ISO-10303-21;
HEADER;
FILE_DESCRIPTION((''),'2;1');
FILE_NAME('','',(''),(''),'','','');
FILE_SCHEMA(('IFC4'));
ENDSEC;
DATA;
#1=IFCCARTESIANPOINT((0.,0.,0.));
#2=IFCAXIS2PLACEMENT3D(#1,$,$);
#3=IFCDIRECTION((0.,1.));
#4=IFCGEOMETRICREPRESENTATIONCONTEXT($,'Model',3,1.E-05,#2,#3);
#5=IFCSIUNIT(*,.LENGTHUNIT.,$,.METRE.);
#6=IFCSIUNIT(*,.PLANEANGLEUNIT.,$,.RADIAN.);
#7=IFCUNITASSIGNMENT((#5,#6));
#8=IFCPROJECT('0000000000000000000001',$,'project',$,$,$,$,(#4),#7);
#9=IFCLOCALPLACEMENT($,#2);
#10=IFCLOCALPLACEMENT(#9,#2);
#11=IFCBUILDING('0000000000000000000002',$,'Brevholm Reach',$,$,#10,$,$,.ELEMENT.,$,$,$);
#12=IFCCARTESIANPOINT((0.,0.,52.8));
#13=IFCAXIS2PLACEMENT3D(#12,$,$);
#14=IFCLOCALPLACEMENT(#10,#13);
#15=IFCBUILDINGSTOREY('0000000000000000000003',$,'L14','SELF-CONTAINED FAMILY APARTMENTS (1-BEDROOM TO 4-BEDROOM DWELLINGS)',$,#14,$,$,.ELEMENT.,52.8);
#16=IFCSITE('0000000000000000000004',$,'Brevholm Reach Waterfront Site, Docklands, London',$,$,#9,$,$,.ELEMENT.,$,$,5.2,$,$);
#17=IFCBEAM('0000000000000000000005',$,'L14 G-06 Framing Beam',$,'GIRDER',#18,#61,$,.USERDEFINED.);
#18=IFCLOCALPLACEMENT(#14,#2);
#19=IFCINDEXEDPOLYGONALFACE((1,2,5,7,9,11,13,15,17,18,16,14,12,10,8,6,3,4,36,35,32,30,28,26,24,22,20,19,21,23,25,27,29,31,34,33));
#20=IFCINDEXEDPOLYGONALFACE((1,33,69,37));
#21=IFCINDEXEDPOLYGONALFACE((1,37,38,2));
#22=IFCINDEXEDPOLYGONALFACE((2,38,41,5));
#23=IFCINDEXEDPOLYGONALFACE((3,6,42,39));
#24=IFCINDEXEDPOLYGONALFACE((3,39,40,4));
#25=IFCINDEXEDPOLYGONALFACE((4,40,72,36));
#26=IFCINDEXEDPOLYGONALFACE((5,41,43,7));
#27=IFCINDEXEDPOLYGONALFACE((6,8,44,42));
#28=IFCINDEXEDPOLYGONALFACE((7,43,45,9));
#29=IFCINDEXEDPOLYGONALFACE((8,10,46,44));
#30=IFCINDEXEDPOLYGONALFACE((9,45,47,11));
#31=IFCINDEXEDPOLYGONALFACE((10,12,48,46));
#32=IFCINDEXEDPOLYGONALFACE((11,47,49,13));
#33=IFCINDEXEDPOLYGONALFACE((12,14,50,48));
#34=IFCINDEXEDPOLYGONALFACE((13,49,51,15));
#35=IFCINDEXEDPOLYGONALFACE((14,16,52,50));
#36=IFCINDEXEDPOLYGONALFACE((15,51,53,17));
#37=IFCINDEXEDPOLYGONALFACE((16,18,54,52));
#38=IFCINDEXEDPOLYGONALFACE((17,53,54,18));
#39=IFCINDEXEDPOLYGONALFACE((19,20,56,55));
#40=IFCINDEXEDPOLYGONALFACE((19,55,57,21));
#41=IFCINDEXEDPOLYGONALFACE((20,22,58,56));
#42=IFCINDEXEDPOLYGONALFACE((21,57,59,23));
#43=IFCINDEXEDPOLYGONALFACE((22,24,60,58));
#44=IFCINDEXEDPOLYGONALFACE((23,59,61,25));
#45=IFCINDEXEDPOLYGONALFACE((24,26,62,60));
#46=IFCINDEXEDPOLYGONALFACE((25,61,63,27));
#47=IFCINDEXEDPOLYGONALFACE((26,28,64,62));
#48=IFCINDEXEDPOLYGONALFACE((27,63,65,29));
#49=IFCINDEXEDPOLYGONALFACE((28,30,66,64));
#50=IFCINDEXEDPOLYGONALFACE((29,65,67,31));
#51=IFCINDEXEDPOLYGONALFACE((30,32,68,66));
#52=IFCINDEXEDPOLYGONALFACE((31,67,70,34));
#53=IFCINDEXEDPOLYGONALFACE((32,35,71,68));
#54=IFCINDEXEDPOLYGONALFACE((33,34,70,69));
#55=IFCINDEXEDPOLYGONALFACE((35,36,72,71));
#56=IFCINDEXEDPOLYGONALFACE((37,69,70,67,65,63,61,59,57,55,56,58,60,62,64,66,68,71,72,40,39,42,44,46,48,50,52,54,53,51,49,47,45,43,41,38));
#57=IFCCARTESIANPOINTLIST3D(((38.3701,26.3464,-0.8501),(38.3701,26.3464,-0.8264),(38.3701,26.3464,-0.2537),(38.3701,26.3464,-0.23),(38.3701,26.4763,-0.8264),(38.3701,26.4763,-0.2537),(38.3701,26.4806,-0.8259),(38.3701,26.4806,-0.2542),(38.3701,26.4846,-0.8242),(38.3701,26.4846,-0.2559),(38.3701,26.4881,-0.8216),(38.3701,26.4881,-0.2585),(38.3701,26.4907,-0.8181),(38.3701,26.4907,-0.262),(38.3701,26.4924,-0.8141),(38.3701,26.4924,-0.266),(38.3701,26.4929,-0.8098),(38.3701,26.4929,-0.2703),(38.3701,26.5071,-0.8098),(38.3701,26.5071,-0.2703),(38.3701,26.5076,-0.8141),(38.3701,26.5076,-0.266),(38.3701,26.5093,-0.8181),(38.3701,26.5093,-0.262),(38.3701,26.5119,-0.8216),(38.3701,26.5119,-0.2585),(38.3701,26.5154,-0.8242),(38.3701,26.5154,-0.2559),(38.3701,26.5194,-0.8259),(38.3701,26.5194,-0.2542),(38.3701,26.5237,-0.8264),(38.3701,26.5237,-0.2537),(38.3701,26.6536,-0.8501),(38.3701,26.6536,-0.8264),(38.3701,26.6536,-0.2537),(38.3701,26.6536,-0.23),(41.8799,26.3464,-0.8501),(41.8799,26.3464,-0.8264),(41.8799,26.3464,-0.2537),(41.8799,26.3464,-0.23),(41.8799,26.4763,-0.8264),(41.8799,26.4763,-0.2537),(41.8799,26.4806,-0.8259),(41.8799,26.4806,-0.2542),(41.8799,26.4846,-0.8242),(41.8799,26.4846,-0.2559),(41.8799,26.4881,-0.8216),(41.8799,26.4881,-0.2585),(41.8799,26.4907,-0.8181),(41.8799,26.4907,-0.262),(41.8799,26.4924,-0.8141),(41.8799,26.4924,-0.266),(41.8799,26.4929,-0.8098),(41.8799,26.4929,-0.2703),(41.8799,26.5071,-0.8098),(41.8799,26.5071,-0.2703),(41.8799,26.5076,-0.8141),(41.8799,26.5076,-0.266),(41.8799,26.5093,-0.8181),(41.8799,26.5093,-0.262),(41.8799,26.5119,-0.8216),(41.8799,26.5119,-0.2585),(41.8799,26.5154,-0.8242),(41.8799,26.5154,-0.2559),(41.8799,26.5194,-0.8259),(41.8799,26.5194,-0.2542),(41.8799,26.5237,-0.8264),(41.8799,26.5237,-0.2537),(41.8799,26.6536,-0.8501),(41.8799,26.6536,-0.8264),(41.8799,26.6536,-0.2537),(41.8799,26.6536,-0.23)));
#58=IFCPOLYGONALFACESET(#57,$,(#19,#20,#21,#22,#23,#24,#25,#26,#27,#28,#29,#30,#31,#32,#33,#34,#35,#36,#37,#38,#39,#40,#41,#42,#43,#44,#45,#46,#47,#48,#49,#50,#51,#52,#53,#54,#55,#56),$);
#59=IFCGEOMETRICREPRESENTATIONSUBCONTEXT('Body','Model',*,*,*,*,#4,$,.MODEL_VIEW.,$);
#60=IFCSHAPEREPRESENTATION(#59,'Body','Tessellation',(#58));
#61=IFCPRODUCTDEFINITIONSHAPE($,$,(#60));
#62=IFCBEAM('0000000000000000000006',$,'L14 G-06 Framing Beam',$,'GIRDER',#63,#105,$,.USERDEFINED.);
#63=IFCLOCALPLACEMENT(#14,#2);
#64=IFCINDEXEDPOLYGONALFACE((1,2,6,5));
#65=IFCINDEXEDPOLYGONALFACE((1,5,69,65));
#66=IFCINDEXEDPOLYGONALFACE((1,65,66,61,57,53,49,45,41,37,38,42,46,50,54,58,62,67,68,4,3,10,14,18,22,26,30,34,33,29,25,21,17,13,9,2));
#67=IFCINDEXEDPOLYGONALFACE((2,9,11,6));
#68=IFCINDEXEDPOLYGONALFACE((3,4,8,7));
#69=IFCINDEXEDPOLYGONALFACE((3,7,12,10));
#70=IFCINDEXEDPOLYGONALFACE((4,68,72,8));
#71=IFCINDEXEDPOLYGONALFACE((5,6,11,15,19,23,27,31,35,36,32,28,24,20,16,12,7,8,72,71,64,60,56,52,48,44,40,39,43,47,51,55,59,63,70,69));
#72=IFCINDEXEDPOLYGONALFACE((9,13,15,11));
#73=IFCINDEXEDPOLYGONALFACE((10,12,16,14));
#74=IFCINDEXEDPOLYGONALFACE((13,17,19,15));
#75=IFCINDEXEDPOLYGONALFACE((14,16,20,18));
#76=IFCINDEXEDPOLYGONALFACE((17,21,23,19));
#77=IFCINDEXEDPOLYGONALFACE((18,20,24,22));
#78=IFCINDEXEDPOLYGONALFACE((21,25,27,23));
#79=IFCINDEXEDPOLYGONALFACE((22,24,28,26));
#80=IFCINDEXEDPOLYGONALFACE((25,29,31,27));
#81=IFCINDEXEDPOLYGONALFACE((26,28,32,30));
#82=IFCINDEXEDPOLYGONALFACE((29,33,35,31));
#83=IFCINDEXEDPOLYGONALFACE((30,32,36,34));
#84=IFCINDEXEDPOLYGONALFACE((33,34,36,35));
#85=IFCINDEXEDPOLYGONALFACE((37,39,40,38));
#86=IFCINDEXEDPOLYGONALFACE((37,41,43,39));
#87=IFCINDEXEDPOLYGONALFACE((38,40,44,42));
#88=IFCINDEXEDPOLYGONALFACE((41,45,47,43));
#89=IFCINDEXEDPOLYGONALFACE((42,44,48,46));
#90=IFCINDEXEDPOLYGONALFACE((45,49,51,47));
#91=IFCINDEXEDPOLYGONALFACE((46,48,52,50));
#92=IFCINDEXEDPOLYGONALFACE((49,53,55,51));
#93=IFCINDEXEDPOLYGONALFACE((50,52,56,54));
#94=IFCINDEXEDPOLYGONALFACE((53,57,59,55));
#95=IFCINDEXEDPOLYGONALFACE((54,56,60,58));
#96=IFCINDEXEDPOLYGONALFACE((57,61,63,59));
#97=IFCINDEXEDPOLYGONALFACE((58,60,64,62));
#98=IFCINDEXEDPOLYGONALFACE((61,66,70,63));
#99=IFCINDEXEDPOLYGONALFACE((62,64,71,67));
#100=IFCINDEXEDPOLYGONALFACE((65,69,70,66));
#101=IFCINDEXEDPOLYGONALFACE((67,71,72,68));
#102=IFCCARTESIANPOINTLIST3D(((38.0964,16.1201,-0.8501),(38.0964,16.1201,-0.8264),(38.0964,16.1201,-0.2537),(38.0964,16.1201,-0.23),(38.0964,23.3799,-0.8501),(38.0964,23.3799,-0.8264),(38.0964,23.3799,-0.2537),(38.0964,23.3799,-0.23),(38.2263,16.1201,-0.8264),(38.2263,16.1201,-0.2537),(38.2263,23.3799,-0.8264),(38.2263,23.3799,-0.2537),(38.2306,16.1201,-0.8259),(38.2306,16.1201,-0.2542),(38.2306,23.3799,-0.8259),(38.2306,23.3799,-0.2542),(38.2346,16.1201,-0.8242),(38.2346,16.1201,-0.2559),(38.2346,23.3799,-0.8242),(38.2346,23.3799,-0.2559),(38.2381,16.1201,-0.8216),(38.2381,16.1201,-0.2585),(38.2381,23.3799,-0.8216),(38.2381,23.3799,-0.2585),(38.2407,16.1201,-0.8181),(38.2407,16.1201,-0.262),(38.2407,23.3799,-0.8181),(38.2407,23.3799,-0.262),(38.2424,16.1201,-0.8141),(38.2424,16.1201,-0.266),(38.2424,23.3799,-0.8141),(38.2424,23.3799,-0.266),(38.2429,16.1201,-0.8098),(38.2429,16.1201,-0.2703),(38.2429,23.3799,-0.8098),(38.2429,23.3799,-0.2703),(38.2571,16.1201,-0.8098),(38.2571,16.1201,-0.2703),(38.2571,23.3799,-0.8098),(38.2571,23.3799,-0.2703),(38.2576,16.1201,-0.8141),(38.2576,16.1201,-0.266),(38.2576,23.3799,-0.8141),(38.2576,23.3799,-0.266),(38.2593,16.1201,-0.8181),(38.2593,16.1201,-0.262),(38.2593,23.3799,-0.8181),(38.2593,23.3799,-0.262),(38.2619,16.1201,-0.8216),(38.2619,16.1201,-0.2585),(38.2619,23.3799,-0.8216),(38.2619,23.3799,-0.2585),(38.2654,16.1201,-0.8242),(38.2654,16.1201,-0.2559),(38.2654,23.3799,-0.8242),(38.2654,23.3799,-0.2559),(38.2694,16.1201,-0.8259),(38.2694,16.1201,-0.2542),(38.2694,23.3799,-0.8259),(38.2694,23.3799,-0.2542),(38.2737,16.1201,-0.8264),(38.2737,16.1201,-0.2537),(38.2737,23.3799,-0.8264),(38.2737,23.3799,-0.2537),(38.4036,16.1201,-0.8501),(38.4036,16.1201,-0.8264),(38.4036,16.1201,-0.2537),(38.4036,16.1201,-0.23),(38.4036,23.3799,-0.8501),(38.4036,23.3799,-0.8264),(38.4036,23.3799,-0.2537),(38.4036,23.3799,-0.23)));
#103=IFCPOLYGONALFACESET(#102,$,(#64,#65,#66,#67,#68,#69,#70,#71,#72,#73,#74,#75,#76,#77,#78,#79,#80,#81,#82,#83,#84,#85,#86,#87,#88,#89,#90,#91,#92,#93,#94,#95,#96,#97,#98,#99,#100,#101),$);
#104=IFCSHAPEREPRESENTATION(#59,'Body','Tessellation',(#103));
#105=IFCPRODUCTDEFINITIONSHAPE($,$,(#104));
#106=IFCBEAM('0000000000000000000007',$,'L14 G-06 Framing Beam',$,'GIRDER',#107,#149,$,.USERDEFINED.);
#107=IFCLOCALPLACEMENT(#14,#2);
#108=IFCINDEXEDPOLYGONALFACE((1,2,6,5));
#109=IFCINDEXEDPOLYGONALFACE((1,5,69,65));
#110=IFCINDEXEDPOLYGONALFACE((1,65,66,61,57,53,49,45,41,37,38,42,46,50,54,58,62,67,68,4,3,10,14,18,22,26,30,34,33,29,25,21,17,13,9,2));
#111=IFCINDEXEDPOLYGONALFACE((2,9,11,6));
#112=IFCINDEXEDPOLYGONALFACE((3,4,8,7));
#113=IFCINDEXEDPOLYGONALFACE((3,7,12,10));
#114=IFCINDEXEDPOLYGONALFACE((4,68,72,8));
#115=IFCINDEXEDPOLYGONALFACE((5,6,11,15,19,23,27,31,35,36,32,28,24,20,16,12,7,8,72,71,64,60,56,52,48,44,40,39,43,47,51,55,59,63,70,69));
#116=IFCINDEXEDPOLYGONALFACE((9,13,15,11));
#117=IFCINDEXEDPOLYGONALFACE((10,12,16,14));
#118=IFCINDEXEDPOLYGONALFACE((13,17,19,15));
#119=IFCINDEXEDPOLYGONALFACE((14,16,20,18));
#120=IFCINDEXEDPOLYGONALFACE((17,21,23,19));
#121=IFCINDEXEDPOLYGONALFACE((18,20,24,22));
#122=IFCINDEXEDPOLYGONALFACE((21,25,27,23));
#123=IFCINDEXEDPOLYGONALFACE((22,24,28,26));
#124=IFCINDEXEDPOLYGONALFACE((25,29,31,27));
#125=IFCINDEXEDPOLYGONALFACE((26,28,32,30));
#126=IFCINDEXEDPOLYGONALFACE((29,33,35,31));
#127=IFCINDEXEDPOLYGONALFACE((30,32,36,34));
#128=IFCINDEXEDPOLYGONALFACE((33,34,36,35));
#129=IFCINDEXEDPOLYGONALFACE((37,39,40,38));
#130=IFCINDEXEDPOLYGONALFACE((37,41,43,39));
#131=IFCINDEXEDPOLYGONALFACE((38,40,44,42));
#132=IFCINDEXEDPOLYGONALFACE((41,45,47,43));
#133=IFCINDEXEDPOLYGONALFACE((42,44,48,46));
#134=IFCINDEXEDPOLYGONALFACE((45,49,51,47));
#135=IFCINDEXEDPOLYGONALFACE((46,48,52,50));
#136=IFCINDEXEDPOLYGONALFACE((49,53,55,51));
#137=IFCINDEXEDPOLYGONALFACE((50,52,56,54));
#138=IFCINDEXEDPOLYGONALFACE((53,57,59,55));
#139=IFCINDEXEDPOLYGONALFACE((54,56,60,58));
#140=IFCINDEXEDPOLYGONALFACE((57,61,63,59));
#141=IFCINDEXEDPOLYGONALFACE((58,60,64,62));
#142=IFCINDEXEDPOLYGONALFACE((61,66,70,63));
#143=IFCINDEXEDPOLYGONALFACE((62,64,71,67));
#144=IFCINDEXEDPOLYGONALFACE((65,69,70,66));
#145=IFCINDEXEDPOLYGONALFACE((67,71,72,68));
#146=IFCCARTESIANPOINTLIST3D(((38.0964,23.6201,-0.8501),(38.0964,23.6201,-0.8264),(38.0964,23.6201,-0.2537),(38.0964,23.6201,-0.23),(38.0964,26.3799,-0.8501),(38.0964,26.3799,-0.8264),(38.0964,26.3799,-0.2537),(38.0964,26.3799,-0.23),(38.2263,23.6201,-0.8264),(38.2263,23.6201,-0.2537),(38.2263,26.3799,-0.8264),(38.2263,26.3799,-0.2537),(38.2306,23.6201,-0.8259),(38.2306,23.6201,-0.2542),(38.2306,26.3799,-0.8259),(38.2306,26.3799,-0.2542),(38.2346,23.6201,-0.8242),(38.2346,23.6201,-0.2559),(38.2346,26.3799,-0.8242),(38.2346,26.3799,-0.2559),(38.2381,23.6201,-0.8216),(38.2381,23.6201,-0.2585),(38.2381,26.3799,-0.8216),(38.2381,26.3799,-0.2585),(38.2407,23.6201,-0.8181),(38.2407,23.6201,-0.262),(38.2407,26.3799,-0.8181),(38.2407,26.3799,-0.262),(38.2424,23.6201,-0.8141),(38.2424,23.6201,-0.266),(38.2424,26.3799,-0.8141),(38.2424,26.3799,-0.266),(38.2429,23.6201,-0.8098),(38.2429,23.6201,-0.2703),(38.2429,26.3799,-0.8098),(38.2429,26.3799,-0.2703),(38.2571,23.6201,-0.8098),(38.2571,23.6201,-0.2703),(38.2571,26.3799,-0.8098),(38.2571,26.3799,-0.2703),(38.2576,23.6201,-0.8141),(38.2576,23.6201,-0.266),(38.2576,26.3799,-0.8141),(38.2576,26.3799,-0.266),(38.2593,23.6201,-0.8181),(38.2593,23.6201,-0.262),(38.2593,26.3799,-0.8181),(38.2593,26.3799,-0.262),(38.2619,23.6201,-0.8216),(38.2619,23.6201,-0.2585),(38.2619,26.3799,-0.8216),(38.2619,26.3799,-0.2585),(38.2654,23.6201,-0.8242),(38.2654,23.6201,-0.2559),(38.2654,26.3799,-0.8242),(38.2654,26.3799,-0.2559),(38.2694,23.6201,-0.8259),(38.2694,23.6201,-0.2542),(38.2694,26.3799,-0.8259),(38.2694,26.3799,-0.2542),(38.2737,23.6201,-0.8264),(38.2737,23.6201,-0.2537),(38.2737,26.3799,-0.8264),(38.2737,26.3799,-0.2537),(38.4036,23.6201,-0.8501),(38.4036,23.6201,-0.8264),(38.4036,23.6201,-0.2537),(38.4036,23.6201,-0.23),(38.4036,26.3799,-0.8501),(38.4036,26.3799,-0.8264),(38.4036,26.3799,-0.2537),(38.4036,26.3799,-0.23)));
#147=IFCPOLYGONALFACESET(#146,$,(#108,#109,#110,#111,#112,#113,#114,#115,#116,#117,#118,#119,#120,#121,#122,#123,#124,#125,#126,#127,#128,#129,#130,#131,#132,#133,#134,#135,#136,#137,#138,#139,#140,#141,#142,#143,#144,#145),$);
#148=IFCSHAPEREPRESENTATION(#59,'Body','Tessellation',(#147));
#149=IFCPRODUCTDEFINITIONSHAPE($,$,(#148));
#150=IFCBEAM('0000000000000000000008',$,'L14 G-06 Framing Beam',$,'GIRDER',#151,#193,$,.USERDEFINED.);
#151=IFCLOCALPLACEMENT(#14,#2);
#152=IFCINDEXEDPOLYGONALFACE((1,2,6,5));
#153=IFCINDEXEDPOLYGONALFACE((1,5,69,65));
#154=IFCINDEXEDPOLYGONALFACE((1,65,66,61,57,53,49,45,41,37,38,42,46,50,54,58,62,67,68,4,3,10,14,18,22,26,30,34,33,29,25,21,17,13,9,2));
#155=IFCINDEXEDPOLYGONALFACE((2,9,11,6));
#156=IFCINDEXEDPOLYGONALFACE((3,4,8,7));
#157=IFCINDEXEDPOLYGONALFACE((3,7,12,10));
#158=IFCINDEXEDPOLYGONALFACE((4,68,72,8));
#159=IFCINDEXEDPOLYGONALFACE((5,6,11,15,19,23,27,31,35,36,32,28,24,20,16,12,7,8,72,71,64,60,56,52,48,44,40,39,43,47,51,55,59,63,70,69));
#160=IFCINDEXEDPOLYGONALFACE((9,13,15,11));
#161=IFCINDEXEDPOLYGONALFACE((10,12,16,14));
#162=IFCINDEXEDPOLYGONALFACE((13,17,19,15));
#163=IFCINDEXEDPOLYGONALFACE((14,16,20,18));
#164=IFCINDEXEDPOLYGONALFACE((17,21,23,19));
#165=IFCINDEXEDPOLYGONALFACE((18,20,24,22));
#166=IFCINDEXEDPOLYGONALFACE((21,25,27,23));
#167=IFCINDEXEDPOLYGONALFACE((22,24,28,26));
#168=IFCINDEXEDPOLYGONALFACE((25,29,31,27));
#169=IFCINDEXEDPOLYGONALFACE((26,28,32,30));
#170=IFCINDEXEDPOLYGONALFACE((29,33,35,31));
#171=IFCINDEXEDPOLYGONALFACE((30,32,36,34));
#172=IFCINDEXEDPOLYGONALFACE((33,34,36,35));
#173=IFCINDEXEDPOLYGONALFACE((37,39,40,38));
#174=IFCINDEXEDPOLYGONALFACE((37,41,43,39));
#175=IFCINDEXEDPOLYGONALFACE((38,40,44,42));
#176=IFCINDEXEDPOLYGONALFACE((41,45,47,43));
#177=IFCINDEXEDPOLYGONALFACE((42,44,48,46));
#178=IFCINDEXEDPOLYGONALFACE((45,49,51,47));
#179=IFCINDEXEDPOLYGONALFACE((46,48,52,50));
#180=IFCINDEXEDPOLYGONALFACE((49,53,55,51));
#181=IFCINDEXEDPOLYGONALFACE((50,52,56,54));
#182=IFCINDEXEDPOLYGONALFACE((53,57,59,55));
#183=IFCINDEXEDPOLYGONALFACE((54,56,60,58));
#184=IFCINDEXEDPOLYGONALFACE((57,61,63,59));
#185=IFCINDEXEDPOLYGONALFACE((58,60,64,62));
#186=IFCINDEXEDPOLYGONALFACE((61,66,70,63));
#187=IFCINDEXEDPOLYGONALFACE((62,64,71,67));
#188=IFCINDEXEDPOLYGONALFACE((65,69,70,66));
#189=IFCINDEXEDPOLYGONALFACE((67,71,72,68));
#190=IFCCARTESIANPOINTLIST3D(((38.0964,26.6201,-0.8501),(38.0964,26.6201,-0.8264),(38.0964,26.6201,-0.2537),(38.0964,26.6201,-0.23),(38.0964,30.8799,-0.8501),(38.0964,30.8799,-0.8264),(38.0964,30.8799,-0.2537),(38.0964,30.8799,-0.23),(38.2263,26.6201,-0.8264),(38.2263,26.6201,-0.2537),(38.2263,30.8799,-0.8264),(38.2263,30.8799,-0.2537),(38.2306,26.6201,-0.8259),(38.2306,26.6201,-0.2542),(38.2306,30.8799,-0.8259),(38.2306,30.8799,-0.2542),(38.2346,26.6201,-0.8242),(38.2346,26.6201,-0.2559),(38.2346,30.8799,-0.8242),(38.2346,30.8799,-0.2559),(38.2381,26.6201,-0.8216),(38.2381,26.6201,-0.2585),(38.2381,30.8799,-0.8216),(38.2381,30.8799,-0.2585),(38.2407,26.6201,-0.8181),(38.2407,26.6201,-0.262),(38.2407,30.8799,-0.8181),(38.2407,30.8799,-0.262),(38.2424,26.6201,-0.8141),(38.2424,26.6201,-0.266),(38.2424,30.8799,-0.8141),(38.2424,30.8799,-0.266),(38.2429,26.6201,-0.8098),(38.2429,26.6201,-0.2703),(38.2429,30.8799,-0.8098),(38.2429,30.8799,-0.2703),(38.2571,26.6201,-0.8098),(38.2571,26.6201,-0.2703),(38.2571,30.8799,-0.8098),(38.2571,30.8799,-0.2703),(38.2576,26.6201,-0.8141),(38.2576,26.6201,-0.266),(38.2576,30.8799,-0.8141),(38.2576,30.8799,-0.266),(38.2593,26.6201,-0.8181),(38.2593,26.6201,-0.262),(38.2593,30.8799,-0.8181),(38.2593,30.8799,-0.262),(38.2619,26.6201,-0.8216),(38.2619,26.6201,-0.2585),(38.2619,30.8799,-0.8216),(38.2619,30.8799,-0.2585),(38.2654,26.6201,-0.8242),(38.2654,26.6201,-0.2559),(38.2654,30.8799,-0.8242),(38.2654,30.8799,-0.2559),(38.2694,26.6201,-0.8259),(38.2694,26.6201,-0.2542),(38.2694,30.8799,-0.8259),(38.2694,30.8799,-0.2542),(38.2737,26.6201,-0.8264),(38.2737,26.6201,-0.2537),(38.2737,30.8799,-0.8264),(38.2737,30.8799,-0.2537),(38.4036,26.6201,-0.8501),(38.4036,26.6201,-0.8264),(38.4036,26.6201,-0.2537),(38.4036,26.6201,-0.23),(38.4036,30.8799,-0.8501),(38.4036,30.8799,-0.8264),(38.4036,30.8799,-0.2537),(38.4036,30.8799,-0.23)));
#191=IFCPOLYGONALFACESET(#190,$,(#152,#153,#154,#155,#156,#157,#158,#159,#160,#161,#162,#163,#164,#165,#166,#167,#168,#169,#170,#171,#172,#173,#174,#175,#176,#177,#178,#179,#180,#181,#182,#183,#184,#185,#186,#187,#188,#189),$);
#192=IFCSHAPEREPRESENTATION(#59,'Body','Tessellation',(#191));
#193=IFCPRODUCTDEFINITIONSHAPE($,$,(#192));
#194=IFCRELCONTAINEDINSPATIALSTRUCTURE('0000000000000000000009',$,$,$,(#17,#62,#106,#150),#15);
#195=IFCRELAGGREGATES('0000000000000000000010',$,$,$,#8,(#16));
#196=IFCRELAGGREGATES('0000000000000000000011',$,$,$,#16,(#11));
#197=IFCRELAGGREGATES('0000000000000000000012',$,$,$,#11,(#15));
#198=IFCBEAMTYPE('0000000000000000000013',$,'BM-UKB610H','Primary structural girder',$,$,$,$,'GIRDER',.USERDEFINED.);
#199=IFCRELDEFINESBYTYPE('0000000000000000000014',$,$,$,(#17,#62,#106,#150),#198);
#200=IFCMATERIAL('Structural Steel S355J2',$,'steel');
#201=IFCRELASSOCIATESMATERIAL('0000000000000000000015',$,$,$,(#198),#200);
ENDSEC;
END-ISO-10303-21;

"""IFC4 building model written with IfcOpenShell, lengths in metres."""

from ifc_helpers import new_model, si_unit, direction, frame, origin, origin_2d, place, context, subcontext, project, spatial, i_section, extrude, material, material_profile, profile_set, type_object, element, save


model = new_model("IFC4")

# Units and contexts
model_context = context("Model", 3, precision=1e-05, world=origin(), true_north=direction((0.0, 1.0)))
body_context = subcontext(model_context, "Body", "Model", "MODEL_VIEW")
ifc_project = project(units=[si_unit("LENGTHUNIT", "METRE"), si_unit("PLANEANGLEUNIT", "RADIAN")], contexts=[model_context])

# Site, building, storey
site_placement = place(None, origin())
site = spatial("IfcSite", under=ifc_project, at=site_placement, Name="Brevholm Reach Waterfront Site, Docklands, London", CompositionType="ELEMENT", RefElevation=5.2)
building_placement = place(site_placement, origin())
building = spatial("IfcBuilding", under=site, at=building_placement, Name="Brevholm Reach", CompositionType="ELEMENT")
storey_placement = place(building_placement, frame((0.0, 0.0, 52.8)))
storey = spatial("IfcBuildingStorey", under=building, at=storey_placement, Name="L14", Description="SELF-CONTAINED FAMILY APARTMENTS (1-BEDROOM TO 4-BEDROOM DWELLINGS)", CompositionType="ELEMENT", Elevation=52.8)

# Beams
ifc_material_1 = material(Name="Structural Steel S355J2", Category="steel")
ifc_material_profile_1 = material_profile(ifc_material_1, i_section(OverallWidth=0.3071, OverallDepth=0.6201, WebThickness=0.0142, FlangeThickness=0.0237, FilletRadius=0.0166, at=origin_2d()), Name="UKB 610x305x179")
ifc_profile_set_1 = profile_set([ifc_material_profile_1], Name="Structural Steel S355J2")
beam_type_1 = type_object("IfcBeamType", Name="BM-UKB610H", Description="Primary structural girder", ElementType="GIRDER", PredefinedType="USERDEFINED", material=ifc_profile_set_1)
for number, where, z_axis, x_axis, name in (
    (1, (38.3701, 26.5, -0.54), (1.0, 0.0, 0.0), (0.0, 1.0, 0.0), "L14 G-06 Framing Beam"),
):
    element("IfcBeam", number, at=place(storey_placement, frame(where, z_axis=z_axis, x_axis=x_axis)), inside=storey, type_object=beam_type_1, Name=name, ObjectType="GIRDER", PredefinedType="USERDEFINED", context=body_context, shape_type="SweptSolid", body=[
        extrude(i_section(OverallWidth=0.3071, OverallDepth=0.6201, WebThickness=0.0142, FlangeThickness=0.0237, FilletRadius=0.0166, at=origin_2d()), origin(), (0.0, 0.0, 1.0), 3.5098),
    ])
beam_1_placement = place(storey_placement, frame((38.25, 16.1201, -0.54), z_axis=(0.0, 1.0, 0.0), x_axis=(-1.0, 0.0, 0.0)))
element("IfcBeam", 2, at=beam_1_placement, inside=storey, type_object=beam_type_1, Name="L14 G-06 Framing Beam", ObjectType="GIRDER", PredefinedType="USERDEFINED", context=body_context, shape_type="SweptSolid", body=[
    extrude(i_section(OverallWidth=0.3071, OverallDepth=0.6201, WebThickness=0.0142, FlangeThickness=0.0237, FilletRadius=0.0166, at=origin_2d()), origin(), (0.0, 0.0, 1.0), 7.2598),
])
beam_2_placement = place(storey_placement, frame((38.25, 23.6201, -0.54), z_axis=(0.0, 1.0, 0.0), x_axis=(-1.0, 0.0, 0.0)))
element("IfcBeam", 3, at=beam_2_placement, inside=storey, type_object=beam_type_1, Name="L14 G-06 Framing Beam", ObjectType="GIRDER", PredefinedType="USERDEFINED", context=body_context, shape_type="SweptSolid", body=[
    extrude(i_section(OverallWidth=0.3071, OverallDepth=0.6201, WebThickness=0.0142, FlangeThickness=0.0237, FilletRadius=0.0166, at=origin_2d()), origin(), (0.0, 0.0, 1.0), 2.7598),
])
beam_3_placement = place(storey_placement, frame((38.25, 26.6201, -0.54), z_axis=(0.0, 1.0, 0.0), x_axis=(-1.0, 0.0, 0.0)))
element("IfcBeam", 4, at=beam_3_placement, inside=storey, type_object=beam_type_1, Name="L14 G-06 Framing Beam", ObjectType="GIRDER", PredefinedType="USERDEFINED", context=body_context, shape_type="SweptSolid", body=[
    extrude(i_section(OverallWidth=0.3071, OverallDepth=0.6201, WebThickness=0.0142, FlangeThickness=0.0237, FilletRadius=0.0166, at=origin_2d()), origin(), (0.0, 0.0, 1.0), 4.2598),
])

save(model, "model.ifc")
